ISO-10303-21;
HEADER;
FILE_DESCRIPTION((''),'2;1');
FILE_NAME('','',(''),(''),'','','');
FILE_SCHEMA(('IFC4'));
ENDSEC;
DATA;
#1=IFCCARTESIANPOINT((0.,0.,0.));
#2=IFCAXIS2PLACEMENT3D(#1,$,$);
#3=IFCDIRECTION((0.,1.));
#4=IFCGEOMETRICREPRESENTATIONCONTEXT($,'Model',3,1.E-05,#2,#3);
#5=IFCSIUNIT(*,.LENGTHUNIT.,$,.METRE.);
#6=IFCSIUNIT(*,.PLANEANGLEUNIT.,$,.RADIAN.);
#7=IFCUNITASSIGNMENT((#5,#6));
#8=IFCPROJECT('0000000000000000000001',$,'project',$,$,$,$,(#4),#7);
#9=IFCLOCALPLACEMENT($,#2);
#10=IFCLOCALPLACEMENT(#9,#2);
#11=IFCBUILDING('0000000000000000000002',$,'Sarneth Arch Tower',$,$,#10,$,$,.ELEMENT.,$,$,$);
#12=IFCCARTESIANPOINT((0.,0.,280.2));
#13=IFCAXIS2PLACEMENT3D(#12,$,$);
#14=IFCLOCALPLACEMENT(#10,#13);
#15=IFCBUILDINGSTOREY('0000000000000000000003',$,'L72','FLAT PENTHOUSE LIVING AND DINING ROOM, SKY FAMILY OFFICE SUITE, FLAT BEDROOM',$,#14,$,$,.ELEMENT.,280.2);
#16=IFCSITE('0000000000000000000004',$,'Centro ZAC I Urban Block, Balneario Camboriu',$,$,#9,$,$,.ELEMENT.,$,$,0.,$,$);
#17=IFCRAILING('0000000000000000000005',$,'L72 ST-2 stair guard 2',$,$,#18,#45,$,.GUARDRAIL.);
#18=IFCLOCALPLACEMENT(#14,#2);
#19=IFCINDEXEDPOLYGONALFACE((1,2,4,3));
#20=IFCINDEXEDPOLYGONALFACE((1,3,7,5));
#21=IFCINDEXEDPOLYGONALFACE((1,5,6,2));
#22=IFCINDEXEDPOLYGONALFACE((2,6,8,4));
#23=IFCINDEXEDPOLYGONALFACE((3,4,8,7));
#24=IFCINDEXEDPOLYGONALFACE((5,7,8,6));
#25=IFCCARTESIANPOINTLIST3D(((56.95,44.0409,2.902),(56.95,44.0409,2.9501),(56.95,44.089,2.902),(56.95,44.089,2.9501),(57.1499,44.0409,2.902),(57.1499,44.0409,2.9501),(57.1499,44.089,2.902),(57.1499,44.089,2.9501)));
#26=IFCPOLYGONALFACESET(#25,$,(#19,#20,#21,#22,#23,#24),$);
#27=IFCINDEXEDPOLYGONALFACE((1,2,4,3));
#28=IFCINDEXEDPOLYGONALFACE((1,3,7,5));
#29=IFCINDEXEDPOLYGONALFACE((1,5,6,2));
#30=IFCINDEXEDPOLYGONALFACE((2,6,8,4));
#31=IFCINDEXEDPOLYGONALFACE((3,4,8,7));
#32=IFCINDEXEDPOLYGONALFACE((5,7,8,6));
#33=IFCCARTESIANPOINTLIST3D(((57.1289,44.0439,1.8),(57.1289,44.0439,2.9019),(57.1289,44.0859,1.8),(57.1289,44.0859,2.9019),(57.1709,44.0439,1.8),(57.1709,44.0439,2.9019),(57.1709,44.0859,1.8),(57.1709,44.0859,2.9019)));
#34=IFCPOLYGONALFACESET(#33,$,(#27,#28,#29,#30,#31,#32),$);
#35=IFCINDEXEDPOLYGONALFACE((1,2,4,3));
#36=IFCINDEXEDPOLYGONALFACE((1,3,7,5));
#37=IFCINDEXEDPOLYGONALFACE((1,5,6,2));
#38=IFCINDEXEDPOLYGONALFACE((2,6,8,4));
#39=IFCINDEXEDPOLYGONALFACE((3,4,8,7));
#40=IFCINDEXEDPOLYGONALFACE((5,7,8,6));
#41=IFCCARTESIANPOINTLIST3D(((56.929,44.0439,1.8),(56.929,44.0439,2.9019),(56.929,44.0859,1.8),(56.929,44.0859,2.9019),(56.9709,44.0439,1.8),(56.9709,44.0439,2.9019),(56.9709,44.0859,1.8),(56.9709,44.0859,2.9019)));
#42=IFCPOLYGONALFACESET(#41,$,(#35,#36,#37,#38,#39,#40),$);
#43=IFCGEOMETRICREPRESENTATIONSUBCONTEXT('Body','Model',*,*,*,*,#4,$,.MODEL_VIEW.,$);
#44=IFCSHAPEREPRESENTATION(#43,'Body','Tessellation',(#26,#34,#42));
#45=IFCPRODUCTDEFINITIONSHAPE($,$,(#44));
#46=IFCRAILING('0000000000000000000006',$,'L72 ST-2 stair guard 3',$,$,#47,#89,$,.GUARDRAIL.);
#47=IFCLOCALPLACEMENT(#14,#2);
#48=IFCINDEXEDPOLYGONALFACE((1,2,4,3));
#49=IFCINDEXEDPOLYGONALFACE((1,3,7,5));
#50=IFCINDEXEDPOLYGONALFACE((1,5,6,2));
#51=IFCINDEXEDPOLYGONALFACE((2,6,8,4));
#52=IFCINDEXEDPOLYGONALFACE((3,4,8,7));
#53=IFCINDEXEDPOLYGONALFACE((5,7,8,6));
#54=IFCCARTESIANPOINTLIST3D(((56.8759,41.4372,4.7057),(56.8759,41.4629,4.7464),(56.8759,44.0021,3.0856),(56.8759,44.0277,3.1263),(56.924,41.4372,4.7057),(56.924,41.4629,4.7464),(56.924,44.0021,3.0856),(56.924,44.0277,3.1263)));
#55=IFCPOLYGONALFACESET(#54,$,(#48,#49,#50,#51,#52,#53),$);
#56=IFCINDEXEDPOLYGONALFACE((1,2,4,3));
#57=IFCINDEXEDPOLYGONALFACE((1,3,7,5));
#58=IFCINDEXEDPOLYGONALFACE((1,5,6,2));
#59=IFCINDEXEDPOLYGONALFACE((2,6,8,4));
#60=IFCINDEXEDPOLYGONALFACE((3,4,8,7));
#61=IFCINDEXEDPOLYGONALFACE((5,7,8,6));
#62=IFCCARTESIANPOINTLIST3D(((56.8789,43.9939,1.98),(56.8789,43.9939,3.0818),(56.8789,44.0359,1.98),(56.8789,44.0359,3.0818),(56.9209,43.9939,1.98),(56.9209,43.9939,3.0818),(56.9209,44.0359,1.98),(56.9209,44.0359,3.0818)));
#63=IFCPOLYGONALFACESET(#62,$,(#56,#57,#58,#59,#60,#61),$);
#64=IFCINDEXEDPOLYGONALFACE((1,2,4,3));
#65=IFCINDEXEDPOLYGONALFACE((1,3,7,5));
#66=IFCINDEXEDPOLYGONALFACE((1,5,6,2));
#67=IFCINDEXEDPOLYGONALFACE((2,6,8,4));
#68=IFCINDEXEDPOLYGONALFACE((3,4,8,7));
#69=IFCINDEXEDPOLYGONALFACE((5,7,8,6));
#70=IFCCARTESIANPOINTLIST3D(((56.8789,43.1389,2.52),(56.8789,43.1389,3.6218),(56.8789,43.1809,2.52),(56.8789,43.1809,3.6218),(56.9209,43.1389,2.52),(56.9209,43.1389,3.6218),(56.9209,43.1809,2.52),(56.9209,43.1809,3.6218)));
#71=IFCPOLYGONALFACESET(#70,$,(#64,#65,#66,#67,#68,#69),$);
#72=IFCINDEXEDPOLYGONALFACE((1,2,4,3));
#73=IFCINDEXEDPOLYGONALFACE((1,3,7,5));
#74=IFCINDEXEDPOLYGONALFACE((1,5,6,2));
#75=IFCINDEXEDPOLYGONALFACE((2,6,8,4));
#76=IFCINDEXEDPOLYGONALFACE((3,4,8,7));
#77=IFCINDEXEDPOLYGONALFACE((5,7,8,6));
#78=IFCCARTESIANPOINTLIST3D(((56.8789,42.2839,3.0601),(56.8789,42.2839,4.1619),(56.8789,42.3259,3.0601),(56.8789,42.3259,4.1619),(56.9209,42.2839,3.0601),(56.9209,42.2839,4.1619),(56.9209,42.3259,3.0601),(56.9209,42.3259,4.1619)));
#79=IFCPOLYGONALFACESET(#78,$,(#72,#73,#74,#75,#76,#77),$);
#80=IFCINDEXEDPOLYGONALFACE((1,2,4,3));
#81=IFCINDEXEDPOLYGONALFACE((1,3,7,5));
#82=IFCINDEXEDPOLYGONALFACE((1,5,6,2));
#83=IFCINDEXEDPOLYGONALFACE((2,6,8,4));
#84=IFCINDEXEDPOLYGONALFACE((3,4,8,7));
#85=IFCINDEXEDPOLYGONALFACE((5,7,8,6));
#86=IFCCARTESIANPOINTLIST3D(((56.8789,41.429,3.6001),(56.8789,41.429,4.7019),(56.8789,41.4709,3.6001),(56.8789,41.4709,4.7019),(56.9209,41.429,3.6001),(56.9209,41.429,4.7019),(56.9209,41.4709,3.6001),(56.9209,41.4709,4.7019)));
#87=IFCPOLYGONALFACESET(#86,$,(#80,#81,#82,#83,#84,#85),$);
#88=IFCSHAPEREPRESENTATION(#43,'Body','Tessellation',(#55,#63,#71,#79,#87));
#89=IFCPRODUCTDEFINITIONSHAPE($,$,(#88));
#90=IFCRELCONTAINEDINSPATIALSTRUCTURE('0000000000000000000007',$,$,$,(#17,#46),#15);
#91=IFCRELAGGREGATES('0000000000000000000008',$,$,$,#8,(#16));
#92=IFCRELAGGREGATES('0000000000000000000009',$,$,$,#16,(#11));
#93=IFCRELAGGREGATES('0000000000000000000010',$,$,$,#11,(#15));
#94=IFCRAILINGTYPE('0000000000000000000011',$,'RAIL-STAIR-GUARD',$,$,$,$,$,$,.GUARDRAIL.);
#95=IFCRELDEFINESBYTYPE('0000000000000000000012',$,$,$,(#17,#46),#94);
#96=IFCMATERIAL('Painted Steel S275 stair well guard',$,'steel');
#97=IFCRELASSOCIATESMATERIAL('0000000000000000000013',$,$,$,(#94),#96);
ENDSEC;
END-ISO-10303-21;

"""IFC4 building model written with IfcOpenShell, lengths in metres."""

from ifc_helpers import new_model, si_unit, direction, frame, origin, origin_2d, place, context, subcontext, project, spatial, rectangle, extrude, material, type_object, element, save


model = new_model("IFC4")

# Units and contexts
model_context = context("Model", 3, precision=1e-05, world=origin(), true_north=direction((0.0, 1.0)))
body_context = subcontext(model_context, "Body", "Model", "MODEL_VIEW")
ifc_project = project(units=[si_unit("LENGTHUNIT", "METRE"), si_unit("PLANEANGLEUNIT", "RADIAN")], contexts=[model_context])

# Site, building, storey
site_placement = place(None, origin())
site = spatial("IfcSite", under=ifc_project, at=site_placement, Name="Centro ZAC I Urban Block, Balneario Camboriu", CompositionType="ELEMENT", RefElevation=0.0)
building_placement = place(site_placement, origin())
building = spatial("IfcBuilding", under=site, at=building_placement, Name="Sarneth Arch Tower", CompositionType="ELEMENT")
storey_placement = place(building_placement, frame((0.0, 0.0, 280.2)))
storey = spatial("IfcBuildingStorey", under=building, at=storey_placement, Name="L72", Description="FLAT PENTHOUSE LIVING AND DINING ROOM, SKY FAMILY OFFICE SUITE, FLAT BEDROOM", CompositionType="ELEMENT", Elevation=280.2)

# Railings
ifc_material_1 = material(Name="Painted Steel S275 stair well guard", Category="steel")
railing_type_1 = type_object("IfcRailingType", Name="RAIL-STAIR-GUARD", PredefinedType="GUARDRAIL", material=ifc_material_1)
railing_1_placement = place(storey_placement, frame((57.1499, 44.0649, 1.8)))
element("IfcRailing", 1, at=railing_1_placement, inside=storey, type_object=railing_type_1, Name="L72 ST-2 stair guard 2", PredefinedType="GUARDRAIL", context=body_context, shape_type="SweptSolid", body=[
    extrude(rectangle(XDim=0.0481, YDim=0.0481, at=origin_2d()), frame((0.0, 0.0, 1.126), z_axis=(-1.0, 0.0, 0.0), x_axis=(0.0, -1.0, 0.0)), (0.0, 0.0, 1.0), 0.2),
    extrude(rectangle(XDim=0.042, YDim=0.042, at=origin_2d()), origin(), (0.0, 0.0, 1.0), 1.1018),
    extrude(rectangle(XDim=0.042, YDim=0.042, at=origin_2d()), frame((-0.2, 0.0, 0.0)), (0.0, 0.0, 1.0), 1.1018),
])
railing_2_placement = place(storey_placement, frame((56.8999, 44.0149, 1.98)))
element("IfcRailing", 2, at=railing_2_placement, inside=storey, type_object=railing_type_1, Name="L72 ST-2 stair guard 3", PredefinedType="GUARDRAIL", context=body_context, shape_type="SweptSolid", body=[
    extrude(rectangle(XDim=0.0481, YDim=0.0481, at=origin_2d()), frame((0.0, 0.0, 1.126), z_axis=(0.0, -0.845466, 0.534029), x_axis=(1.0, 0.0, 0.0)), (0.0, 0.0, 1.0), 3.0337),
    extrude(rectangle(XDim=0.042, YDim=0.042, at=origin_2d()), origin(), (0.0, 0.0, 1.0), 1.1018),
    extrude(rectangle(XDim=0.042, YDim=0.042, at=origin_2d()), frame((0.0, -0.855, 0.54)), (0.0, 0.0, 1.0), 1.1018),
    extrude(rectangle(XDim=0.042, YDim=0.042, at=origin_2d()), frame((0.0, -1.71, 1.0801)), (0.0, 0.0, 1.0), 1.1018),
    extrude(rectangle(XDim=0.042, YDim=0.042, at=origin_2d()), frame((0.0, -2.5649, 1.6201)), (0.0, 0.0, 1.0), 1.1018),
])

save(model, "model.ifc")
